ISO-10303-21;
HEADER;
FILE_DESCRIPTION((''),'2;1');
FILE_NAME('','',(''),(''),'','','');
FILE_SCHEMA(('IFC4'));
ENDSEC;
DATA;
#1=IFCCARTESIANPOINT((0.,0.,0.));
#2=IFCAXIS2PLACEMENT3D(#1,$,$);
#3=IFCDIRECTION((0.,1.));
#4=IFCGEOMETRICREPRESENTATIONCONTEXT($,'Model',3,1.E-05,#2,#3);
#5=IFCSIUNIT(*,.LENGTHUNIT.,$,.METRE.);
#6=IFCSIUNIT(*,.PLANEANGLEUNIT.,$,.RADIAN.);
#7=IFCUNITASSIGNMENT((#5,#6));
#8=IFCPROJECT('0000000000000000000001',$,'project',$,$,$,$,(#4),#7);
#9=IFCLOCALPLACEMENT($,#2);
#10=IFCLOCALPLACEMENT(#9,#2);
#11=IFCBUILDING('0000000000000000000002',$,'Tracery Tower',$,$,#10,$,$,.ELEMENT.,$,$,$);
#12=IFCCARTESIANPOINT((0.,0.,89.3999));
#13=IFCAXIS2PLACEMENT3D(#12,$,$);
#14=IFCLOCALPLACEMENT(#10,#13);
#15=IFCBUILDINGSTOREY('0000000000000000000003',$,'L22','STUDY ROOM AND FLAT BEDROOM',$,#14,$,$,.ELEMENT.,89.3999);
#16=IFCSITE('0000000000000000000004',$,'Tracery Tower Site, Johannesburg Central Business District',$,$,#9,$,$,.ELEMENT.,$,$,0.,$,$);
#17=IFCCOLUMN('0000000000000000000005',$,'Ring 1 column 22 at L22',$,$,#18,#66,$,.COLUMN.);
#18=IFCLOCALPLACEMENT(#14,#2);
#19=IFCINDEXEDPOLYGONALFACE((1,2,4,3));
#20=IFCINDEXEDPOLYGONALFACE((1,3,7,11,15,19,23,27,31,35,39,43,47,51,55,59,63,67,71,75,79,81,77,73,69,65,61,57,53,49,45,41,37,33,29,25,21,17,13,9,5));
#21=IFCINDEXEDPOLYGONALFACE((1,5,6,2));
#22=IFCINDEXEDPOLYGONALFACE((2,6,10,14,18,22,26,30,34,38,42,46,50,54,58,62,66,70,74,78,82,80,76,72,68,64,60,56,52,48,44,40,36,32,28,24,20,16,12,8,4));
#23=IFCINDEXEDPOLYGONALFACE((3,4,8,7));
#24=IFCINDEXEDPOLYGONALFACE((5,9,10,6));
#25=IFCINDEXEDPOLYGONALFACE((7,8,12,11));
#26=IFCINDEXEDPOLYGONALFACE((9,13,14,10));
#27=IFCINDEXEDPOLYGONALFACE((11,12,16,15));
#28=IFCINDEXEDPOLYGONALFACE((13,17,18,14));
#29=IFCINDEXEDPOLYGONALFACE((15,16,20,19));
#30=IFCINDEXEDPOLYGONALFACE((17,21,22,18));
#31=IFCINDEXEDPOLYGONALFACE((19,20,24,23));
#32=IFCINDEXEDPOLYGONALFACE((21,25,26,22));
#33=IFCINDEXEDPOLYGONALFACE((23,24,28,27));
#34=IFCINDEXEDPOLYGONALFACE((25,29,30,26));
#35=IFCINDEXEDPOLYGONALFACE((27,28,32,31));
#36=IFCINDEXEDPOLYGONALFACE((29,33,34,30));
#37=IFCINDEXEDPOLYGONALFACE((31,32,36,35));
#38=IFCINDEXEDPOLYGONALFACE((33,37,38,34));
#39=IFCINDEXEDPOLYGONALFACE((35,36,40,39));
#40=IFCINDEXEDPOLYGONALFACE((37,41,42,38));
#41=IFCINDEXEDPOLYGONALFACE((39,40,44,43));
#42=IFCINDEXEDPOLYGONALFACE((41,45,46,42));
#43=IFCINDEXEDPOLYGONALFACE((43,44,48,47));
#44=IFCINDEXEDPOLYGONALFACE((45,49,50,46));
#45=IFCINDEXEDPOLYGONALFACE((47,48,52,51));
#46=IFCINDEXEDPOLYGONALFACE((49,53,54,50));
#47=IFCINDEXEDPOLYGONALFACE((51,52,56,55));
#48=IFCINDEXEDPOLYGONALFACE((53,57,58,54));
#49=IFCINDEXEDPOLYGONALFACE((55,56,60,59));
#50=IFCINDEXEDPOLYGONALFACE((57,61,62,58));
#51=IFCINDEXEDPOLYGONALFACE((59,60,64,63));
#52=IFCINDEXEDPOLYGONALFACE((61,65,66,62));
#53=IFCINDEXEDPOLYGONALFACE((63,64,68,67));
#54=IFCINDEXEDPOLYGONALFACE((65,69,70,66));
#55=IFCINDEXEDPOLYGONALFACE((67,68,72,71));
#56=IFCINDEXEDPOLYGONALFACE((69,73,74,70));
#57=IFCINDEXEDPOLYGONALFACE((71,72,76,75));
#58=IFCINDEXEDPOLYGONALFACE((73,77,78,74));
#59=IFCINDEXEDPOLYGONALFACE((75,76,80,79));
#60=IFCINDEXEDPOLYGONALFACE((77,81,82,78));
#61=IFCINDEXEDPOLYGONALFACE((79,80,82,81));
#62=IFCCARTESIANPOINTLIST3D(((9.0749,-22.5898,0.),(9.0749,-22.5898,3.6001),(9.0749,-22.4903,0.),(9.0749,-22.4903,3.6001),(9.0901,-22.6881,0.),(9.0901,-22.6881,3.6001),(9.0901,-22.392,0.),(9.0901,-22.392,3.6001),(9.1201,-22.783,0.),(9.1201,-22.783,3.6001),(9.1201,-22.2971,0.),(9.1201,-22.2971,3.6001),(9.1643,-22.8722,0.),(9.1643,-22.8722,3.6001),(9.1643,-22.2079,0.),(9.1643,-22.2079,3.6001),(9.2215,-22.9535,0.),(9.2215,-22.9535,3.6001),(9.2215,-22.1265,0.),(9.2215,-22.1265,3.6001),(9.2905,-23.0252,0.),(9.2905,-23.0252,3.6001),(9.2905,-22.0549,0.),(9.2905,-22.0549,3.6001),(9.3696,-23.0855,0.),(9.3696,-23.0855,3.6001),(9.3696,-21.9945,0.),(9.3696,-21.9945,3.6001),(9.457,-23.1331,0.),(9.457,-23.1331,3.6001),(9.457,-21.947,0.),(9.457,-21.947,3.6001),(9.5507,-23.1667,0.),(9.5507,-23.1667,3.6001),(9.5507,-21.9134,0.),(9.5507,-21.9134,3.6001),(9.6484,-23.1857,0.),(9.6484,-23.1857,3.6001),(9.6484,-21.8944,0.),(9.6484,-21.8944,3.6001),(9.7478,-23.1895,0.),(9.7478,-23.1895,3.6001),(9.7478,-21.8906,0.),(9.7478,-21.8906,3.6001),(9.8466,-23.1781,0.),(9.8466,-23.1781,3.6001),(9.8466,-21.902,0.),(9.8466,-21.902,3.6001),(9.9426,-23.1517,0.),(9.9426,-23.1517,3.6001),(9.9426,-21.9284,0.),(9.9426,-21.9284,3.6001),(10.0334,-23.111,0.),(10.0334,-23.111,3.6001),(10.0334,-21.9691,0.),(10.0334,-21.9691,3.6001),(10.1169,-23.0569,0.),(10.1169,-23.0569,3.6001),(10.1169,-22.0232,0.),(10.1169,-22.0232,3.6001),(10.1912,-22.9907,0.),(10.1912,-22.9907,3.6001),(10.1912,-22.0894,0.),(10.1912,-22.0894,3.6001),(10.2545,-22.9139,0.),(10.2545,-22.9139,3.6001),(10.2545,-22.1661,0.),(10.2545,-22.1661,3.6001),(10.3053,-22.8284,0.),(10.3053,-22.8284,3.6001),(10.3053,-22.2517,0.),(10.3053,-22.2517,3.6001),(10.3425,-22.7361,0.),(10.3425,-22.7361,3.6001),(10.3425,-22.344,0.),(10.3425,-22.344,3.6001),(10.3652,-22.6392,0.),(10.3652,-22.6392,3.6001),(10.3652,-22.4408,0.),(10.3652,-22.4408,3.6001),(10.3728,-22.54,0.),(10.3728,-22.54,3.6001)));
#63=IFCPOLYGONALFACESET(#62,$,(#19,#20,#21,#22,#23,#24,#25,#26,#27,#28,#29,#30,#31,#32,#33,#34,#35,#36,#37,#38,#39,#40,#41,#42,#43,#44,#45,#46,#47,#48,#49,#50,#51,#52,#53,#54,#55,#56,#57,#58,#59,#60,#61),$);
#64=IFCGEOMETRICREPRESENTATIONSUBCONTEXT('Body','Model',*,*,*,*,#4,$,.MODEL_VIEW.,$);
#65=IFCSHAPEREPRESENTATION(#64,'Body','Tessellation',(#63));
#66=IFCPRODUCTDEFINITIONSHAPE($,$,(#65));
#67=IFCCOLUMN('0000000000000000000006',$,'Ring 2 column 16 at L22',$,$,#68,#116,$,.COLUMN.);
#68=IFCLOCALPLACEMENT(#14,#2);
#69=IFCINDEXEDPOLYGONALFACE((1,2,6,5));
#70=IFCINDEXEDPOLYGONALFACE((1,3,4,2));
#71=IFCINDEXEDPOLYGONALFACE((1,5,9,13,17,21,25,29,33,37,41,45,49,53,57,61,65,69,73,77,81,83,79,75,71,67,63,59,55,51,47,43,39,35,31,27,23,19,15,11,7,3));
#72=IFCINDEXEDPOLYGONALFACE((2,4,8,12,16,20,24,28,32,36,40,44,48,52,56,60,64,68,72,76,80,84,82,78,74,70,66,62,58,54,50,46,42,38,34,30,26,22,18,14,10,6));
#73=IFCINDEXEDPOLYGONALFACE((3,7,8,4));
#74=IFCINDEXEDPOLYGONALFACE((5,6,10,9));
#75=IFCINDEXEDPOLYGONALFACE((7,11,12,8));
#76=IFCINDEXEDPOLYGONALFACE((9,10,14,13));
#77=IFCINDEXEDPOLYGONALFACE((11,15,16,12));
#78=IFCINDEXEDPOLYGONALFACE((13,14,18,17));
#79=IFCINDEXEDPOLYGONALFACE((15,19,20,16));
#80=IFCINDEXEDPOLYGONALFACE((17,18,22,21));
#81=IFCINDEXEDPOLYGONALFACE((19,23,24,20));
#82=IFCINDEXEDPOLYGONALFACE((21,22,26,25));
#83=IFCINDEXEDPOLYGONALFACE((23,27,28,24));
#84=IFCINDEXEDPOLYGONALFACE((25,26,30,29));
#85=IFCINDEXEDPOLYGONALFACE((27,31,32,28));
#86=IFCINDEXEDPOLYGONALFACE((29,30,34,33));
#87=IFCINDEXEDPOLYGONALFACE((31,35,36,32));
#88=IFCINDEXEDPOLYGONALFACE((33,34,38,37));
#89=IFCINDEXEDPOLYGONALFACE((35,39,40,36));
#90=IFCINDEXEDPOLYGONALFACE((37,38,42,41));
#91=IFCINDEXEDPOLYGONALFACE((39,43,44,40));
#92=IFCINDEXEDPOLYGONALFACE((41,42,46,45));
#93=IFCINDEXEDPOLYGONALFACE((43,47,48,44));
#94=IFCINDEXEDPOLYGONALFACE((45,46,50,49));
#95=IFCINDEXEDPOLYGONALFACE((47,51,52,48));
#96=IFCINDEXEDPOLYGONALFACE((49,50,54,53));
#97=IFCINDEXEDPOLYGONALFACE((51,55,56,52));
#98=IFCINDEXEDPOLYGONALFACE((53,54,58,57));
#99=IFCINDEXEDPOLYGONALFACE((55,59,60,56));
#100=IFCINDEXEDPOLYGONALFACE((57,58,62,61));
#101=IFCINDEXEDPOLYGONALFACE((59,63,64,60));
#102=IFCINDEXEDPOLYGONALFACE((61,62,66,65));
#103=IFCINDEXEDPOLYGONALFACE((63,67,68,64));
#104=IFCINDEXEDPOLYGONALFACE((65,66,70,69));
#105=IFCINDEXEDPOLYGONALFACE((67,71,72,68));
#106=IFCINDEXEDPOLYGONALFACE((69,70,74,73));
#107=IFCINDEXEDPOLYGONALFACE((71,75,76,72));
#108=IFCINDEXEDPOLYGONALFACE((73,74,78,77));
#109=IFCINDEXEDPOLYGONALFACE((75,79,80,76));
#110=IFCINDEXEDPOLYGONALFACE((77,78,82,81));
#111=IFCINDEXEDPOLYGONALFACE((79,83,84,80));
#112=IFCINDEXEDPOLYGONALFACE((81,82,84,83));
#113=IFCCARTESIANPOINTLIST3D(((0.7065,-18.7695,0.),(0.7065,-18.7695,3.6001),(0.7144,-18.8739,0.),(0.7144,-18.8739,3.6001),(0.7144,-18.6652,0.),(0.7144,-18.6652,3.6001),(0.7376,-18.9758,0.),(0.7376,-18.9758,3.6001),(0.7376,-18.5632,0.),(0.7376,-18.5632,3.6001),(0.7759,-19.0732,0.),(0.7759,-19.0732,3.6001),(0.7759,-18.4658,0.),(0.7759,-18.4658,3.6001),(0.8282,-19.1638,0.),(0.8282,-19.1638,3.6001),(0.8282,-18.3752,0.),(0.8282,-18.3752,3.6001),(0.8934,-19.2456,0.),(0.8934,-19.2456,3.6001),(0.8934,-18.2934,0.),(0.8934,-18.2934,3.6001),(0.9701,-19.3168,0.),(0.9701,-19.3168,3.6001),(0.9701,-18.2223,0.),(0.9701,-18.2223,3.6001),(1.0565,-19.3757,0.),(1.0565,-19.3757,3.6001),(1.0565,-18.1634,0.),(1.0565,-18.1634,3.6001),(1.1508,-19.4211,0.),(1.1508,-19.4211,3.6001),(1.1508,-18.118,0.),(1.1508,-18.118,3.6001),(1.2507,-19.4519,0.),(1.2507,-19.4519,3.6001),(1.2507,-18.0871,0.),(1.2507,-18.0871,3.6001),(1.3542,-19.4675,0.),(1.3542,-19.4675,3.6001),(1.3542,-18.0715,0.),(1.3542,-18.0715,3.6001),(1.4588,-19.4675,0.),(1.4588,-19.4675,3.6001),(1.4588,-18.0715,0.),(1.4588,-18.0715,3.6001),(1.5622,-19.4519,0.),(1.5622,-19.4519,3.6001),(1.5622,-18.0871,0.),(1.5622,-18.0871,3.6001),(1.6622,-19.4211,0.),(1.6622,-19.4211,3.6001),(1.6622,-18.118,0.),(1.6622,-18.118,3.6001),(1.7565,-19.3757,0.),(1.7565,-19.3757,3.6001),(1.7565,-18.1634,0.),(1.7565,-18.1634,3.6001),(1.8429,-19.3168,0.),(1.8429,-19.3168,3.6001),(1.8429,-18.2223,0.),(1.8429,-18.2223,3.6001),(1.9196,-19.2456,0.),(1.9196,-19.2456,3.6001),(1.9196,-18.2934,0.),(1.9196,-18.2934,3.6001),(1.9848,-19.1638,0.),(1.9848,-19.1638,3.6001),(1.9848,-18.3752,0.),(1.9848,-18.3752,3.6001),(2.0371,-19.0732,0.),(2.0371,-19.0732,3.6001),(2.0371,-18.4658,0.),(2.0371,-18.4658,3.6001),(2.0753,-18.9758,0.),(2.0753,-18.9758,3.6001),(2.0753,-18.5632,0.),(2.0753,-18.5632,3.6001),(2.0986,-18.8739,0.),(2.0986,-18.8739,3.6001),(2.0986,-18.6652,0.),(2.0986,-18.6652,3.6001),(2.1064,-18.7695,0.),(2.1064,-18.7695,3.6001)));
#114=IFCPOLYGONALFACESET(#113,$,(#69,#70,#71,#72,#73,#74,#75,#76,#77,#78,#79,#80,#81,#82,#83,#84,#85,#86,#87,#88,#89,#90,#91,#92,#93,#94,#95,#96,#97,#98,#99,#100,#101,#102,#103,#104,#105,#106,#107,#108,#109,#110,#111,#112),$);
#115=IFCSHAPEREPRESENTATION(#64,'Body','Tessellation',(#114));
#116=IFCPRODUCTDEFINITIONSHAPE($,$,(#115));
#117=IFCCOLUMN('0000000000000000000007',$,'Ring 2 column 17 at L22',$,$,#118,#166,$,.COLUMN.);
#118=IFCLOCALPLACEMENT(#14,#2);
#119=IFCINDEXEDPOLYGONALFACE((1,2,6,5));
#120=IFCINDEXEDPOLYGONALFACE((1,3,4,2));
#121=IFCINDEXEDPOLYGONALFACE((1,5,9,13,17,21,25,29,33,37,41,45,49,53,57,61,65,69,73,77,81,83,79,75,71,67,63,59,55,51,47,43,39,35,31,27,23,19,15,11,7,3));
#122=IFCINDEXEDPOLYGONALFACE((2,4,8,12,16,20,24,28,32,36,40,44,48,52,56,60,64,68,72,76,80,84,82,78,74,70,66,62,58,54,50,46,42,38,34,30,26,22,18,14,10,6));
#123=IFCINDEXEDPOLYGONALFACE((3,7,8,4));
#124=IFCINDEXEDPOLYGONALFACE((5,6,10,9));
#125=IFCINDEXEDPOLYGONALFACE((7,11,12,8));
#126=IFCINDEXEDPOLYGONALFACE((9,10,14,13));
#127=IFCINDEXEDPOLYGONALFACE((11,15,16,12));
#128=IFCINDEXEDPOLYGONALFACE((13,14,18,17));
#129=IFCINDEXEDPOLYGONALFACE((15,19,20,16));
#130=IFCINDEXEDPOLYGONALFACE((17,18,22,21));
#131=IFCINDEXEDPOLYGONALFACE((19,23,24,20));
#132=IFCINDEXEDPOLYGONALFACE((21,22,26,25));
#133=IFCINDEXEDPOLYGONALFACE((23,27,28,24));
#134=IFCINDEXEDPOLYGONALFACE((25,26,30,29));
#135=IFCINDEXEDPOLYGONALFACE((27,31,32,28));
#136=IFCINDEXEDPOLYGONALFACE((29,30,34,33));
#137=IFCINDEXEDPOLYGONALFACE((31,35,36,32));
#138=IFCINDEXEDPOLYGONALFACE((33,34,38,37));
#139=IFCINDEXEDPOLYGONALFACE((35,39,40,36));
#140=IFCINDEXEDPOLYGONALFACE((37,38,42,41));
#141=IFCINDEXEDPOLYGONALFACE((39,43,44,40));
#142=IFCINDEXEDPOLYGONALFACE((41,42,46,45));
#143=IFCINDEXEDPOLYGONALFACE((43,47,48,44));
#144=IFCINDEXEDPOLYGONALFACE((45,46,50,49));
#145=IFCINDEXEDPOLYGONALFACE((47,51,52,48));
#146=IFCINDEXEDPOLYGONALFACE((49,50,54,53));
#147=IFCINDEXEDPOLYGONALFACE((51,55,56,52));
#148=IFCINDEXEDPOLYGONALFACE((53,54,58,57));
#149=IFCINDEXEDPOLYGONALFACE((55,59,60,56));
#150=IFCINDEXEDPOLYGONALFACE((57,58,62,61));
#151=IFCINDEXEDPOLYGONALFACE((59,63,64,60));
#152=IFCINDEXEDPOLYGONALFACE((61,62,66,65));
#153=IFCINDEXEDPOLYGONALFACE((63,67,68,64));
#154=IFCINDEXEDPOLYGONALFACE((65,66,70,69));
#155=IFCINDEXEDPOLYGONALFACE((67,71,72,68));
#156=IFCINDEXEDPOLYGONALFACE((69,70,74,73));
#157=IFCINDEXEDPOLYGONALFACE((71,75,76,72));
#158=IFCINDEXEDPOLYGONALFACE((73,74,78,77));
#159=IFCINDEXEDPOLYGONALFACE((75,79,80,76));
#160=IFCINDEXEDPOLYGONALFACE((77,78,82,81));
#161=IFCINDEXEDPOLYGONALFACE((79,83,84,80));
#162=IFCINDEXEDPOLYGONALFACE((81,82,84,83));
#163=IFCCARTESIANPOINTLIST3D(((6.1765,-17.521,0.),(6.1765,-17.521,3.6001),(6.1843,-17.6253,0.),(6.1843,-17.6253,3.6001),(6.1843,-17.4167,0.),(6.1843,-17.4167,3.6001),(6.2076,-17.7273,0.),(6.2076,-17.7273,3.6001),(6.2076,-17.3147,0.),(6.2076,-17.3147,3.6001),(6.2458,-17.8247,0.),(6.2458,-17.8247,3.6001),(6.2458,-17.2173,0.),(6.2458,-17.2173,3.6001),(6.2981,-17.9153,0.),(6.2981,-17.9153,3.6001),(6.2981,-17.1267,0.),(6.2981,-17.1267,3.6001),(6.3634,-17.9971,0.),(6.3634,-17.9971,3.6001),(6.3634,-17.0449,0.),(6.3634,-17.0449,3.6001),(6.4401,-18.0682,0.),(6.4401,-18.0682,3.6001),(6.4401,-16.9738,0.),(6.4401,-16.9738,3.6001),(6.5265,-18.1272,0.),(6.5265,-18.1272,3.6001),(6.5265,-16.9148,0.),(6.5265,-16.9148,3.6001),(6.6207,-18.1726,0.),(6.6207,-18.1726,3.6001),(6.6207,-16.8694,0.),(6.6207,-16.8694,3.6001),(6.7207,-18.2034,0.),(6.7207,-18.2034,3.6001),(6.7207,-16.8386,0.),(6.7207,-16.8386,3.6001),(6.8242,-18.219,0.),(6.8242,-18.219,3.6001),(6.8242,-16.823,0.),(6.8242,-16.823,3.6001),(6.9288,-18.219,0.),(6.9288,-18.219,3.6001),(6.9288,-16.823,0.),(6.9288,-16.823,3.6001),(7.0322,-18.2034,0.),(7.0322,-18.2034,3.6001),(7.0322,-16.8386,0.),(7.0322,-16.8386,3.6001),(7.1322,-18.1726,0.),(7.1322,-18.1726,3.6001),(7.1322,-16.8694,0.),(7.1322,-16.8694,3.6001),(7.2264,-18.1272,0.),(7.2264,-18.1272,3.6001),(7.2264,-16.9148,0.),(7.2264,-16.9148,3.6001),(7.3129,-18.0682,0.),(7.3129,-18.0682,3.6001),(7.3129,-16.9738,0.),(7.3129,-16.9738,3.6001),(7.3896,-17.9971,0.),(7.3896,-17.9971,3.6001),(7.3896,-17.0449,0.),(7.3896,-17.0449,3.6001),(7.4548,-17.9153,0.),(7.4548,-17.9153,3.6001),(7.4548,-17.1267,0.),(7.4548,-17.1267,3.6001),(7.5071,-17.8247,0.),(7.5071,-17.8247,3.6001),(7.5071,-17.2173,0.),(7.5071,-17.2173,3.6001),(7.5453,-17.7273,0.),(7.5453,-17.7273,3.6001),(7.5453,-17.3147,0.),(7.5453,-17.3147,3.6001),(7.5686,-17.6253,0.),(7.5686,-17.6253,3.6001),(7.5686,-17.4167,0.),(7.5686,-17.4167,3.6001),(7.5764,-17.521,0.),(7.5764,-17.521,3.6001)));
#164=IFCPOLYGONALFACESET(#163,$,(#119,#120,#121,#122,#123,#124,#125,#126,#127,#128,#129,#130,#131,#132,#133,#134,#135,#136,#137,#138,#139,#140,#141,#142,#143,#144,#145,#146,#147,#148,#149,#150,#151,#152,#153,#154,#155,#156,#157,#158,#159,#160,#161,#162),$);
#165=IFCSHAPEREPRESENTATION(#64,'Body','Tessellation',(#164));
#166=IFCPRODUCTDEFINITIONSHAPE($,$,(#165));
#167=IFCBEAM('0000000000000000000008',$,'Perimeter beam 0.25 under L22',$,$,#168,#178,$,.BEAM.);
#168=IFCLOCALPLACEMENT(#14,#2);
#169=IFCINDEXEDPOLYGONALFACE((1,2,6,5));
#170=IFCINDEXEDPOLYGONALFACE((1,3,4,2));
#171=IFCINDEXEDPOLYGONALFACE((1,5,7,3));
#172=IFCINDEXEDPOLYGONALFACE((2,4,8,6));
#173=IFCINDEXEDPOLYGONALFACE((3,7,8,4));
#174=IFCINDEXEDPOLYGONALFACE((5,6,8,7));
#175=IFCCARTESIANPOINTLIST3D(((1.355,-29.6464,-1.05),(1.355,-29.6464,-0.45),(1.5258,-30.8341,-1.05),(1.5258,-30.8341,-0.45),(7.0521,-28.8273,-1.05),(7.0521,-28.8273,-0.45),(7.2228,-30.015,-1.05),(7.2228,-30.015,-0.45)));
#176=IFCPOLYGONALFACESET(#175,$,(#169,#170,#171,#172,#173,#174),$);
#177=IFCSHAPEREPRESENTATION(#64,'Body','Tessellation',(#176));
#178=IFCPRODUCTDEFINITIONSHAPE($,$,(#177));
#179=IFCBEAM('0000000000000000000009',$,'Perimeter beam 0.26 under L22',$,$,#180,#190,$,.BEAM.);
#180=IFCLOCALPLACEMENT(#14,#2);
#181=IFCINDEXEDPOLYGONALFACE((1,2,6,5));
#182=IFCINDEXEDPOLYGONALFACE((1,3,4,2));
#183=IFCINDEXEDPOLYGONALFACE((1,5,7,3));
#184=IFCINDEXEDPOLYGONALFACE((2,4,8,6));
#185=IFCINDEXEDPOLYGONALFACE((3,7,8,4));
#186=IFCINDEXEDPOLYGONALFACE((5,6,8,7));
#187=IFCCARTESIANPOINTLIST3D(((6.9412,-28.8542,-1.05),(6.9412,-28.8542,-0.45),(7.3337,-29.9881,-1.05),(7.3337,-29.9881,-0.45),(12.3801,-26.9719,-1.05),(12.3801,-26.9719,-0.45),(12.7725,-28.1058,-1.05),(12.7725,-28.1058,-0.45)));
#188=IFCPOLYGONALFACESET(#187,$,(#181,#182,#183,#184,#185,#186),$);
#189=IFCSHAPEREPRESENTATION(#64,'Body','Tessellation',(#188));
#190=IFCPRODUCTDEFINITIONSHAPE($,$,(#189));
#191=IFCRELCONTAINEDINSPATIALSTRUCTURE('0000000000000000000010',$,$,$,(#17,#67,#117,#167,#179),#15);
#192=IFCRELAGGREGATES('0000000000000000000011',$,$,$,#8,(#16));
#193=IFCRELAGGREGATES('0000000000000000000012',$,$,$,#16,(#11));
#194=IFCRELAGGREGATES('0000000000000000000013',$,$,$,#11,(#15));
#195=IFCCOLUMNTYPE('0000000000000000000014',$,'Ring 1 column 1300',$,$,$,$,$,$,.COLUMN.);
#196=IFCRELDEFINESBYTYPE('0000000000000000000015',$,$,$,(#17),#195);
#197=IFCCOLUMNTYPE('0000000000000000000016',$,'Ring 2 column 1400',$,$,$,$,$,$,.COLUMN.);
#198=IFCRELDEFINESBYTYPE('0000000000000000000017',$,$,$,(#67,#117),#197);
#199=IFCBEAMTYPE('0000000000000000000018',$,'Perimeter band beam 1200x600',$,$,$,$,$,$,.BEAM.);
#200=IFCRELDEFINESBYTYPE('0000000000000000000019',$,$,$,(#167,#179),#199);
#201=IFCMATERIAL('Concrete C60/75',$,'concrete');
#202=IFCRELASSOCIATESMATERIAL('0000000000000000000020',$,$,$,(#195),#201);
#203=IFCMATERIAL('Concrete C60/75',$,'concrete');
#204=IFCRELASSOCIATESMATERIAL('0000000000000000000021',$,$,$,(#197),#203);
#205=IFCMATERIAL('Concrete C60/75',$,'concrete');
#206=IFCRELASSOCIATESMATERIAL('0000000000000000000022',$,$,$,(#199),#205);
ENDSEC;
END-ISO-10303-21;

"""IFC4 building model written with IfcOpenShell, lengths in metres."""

from ifc_helpers import new_model, si_unit, direction, frame, origin, origin_2d, place, context, subcontext, project, spatial, rectangle, circle, extrude, material, material_profile, profile_set, type_object, element, save


model = new_model("IFC4")

# Units and contexts
model_context = context("Model", 3, precision=1e-05, world=origin(), true_north=direction((0.0, 1.0)))
body_context = subcontext(model_context, "Body", "Model", "MODEL_VIEW")
ifc_project = project(units=[si_unit("LENGTHUNIT", "METRE"), si_unit("PLANEANGLEUNIT", "RADIAN")], contexts=[model_context])

# Site, building, storey
site_placement = place(None, origin())
site = spatial("IfcSite", under=ifc_project, at=site_placement, Name="Tracery Tower Site, Johannesburg Central Business District", CompositionType="ELEMENT", RefElevation=0.0)
building_placement = place(site_placement, origin())
building = spatial("IfcBuilding", under=site, at=building_placement, Name="Tracery Tower", CompositionType="ELEMENT")
storey_placement = place(building_placement, frame((0.0, 0.0, 89.3999)))
storey = spatial("IfcBuildingStorey", under=building, at=storey_placement, Name="L22", Description="STUDY ROOM AND FLAT BEDROOM", CompositionType="ELEMENT", Elevation=89.3999)

# Columns
ifc_material_1 = material(Name="Concrete C60/75", Category="concrete")
ifc_material_profile_1 = material_profile(ifc_material_1, circle(Radius=0.6499, at=origin_2d()), Name="RC D1300")
ifc_profile_set_1 = profile_set([ifc_material_profile_1], Name="Concrete C60/75")
column_type_1 = type_object("IfcColumnType", Name="Ring 1 column 1300", PredefinedType="COLUMN", material=ifc_profile_set_1)
for number, where, z_axis, x_axis, name in (
    (1, (9.7229, -22.54, 0.0), (0.0, 0.0, 1.0), (1.0, 0.0, 0.0), "Ring 1 column 22 at L22"),
):
    element("IfcColumn", number, at=place(storey_placement, frame(where, z_axis=z_axis, x_axis=x_axis)), inside=storey, type_object=column_type_1, Name=name, PredefinedType="COLUMN", context=body_context, shape_type="SweptSolid", body=[
        extrude(circle(Radius=0.6499, at=origin_2d()), origin(), (0.0, 0.0, 1.0), 3.6001),
    ])
ifc_material_2 = material(Name="Concrete C60/75", Category="concrete")
ifc_material_profile_2 = material_profile(ifc_material_2, circle(Radius=0.7, at=origin_2d()), Name="RC D1400")
ifc_profile_set_2 = profile_set([ifc_material_profile_2], Name="Concrete C60/75")
column_type_2 = type_object("IfcColumnType", Name="Ring 2 column 1400", PredefinedType="COLUMN", material=ifc_profile_set_2)
for number, where, z_axis, x_axis, name in (
    (2, (1.4065, -18.7695, 0.0), (0.0, 0.0, 1.0), (1.0, 0.0, 0.0), "Ring 2 column 16 at L22"),
    (3, (6.8765, -17.521, 0.0), (0.0, 0.0, 1.0), (1.0, 0.0, 0.0), "Ring 2 column 17 at L22"),
):
    element("IfcColumn", number, at=place(storey_placement, frame(where, z_axis=z_axis, x_axis=x_axis)), inside=storey, type_object=column_type_2, Name=name, PredefinedType="COLUMN", context=body_context, shape_type="SweptSolid", body=[
        extrude(circle(Radius=0.7, at=origin_2d()), origin(), (0.0, 0.0, 1.0), 3.6001),
    ])

# Beams
ifc_material_3 = material(Name="Concrete C60/75", Category="concrete")
ifc_material_profile_3 = material_profile(ifc_material_3, rectangle(XDim=1.2, YDim=0.6001, at=origin_2d()), Name="RC 1200x600")
ifc_profile_set_3 = profile_set([ifc_material_profile_3], Name="Concrete C60/75")
beam_type = type_object("IfcBeamType", Name="Perimeter band beam 1200x600", PredefinedType="BEAM", material=ifc_profile_set_3)
beam_1_placement = place(storey_placement, frame((1.4404, -30.2402, -0.75), z_axis=(0.989822, 0.142312, 0.0), x_axis=(-0.142312, 0.989822, 0.0)))
element("IfcBeam", 4, at=beam_1_placement, inside=storey, type_object=beam_type, Name="Perimeter beam 0.25 under L22", PredefinedType="BEAM", context=body_context, shape_type="SweptSolid", body=[
    extrude(rectangle(XDim=1.2, YDim=0.6001, at=origin_2d()), origin(), (0.0, 0.0, 1.0), 5.7556),
])
beam_2_placement = place(storey_placement, frame((7.1375, -29.4211, -0.75), z_axis=(0.945007, 0.327049, 0.0), x_axis=(-0.327049, 0.945007, 0.0)))
element("IfcBeam", 5, at=beam_2_placement, inside=storey, type_object=beam_type, Name="Perimeter beam 0.26 under L22", PredefinedType="BEAM", context=body_context, shape_type="SweptSolid", body=[
    extrude(rectangle(XDim=1.2, YDim=0.6001, at=origin_2d()), origin(), (0.0, 0.0, 1.0), 5.7554),
])

save(model, "model.ifc")
